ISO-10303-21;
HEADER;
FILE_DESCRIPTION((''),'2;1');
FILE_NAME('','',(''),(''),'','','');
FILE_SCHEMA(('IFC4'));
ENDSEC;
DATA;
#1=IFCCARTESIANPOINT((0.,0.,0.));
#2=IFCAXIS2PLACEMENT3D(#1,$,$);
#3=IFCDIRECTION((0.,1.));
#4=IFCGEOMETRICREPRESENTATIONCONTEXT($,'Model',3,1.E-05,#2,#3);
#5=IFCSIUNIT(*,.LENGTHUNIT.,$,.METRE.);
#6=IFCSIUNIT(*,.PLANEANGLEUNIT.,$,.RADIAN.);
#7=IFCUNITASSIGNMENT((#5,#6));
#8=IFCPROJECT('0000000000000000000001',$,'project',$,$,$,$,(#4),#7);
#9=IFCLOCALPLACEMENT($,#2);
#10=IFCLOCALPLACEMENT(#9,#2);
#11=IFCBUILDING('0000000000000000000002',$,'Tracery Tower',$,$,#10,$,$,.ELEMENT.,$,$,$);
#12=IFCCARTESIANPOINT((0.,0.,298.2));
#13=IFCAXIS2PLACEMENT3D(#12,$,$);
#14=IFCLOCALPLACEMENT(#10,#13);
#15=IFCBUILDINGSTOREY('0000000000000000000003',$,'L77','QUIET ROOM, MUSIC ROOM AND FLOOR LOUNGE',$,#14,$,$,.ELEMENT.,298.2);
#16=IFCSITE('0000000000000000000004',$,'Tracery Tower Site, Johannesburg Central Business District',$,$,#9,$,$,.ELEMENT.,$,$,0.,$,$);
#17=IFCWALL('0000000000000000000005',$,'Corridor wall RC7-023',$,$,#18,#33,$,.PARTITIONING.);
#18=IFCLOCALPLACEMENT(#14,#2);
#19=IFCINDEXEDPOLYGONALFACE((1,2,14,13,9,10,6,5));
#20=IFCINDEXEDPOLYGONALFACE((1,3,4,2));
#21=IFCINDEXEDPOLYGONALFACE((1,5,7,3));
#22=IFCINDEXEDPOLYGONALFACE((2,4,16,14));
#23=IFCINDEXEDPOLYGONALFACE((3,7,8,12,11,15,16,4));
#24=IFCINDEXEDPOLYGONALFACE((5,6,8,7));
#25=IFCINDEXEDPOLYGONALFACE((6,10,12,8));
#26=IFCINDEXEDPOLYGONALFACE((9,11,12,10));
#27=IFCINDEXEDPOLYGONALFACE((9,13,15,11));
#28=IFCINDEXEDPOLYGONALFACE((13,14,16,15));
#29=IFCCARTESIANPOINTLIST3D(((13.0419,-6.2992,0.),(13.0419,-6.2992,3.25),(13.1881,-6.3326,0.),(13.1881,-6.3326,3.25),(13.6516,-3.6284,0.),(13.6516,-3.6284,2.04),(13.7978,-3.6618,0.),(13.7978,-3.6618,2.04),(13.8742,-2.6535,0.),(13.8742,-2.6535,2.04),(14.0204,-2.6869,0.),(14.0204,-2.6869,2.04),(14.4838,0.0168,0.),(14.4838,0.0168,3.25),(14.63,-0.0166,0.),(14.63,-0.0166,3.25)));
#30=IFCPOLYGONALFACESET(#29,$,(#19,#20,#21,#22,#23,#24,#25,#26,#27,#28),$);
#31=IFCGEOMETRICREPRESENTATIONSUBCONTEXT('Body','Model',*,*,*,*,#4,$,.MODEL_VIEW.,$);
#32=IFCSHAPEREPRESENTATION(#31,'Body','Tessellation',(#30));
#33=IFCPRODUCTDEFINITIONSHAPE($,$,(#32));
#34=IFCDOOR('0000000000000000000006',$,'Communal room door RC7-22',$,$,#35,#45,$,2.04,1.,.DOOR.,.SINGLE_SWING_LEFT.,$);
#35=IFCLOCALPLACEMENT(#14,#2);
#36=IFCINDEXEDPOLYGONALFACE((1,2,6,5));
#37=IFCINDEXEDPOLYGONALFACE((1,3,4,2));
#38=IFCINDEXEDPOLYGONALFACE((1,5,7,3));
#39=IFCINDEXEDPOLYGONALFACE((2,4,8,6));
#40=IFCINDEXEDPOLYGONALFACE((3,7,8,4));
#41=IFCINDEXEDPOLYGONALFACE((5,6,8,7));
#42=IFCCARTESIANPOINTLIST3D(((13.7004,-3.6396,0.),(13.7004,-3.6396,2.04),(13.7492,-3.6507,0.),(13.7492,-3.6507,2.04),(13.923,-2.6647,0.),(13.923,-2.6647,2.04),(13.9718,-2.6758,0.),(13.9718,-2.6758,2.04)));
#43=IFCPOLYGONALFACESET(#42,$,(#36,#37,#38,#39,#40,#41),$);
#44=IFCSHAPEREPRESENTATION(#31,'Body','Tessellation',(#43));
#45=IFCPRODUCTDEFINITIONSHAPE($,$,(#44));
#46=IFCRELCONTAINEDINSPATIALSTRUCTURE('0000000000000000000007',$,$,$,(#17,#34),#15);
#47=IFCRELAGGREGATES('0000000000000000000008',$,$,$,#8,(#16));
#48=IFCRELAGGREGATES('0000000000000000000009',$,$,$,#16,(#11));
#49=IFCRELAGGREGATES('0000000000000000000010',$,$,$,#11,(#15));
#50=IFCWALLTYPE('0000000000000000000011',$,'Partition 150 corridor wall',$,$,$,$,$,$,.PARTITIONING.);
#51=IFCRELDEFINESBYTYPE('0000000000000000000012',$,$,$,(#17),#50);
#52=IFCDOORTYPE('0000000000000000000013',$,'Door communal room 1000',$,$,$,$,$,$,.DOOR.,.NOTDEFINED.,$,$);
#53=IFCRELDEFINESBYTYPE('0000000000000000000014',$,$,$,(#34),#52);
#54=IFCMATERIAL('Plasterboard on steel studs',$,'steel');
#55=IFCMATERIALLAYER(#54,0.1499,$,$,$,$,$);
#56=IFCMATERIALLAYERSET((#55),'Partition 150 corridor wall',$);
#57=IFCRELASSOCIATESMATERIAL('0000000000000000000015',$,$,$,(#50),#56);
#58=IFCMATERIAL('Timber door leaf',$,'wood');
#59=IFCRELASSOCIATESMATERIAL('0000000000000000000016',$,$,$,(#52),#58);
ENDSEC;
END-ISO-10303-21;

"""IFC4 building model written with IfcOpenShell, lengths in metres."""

from ifc_helpers import new_model, si_unit, direction, frame, frame_2d, origin, place, context, subcontext, project, spatial, rectangle, extrude, material, layer, layer_set, type_object, element, fill, save


model = new_model("IFC4")

# Units and contexts
model_context = context("Model", 3, precision=1e-05, world=origin(), true_north=direction((0.0, 1.0)))
body_context = subcontext(model_context, "Body", "Model", "MODEL_VIEW")
ifc_project = project(units=[si_unit("LENGTHUNIT", "METRE"), si_unit("PLANEANGLEUNIT", "RADIAN")], contexts=[model_context])

# Site, building, storey
site_placement = place(None, origin())
site = spatial("IfcSite", under=ifc_project, at=site_placement, Name="Tracery Tower Site, Johannesburg Central Business District", CompositionType="ELEMENT", RefElevation=0.0)
building_placement = place(site_placement, origin())
building = spatial("IfcBuilding", under=site, at=building_placement, Name="Tracery Tower", CompositionType="ELEMENT")
storey_placement = place(building_placement, frame((0.0, 0.0, 298.2)))
storey = spatial("IfcBuildingStorey", under=building, at=storey_placement, Name="L77", Description="QUIET ROOM, MUSIC ROOM AND FLOOR LOUNGE", CompositionType="ELEMENT", Elevation=298.2)

# Shared definitions
ifc_material_1 = material(Name="Plasterboard on steel studs", Category="steel")
ifc_layer_1 = layer(ifc_material_1, 0.1499)
ifc_layer_set_1 = layer_set([ifc_layer_1], Name="Partition 150 corridor wall")
wall_type_1 = type_object("IfcWallType", Name="Partition 150 corridor wall", PredefinedType="PARTITIONING", material=ifc_layer_set_1)

# Wall, opening, door
wall_1_placement = place(storey_placement, frame((13.115, -6.3159, 0.0), z_axis=(0.0, 0.0, 1.0), x_axis=(0.222569, 0.974917, 0.0)))
wall_1 = element("IfcWall", 1, at=wall_1_placement, inside=storey, type_object=wall_type_1, Name="Corridor wall RC7-023", PredefinedType="PARTITIONING", context=body_context, shape_type="SweptSolid", body=[
    extrude(rectangle(XDim=6.4785, YDim=0.1499, at=frame_2d((3.2393, 0.0))), origin(), (0.0, 0.0, 1.0), 3.25),
])
opening_1_placement = place(wall_1_placement, frame((2.7395, 0.0, 0.0)))
opening_1 = element("IfcOpeningElement", 2, at=opening_1_placement, cuts=wall_1, PredefinedType="OPENING", context=body_context, shape_type="SweptSolid", body=[
    extrude(rectangle(XDim=1.0, YDim=2.04, at=frame_2d((0.5, 1.02))), frame((0.0, 0.075, 0.0), z_axis=(0.0, -1.0, 0.0), x_axis=(1.0, 0.0, 0.0)), (0.0, 0.0, 1.0), 0.1499),
])
ifc_material_2 = material(Name="Timber door leaf", Category="wood")
door_type_1 = type_object("IfcDoorType", Name="Door communal room 1000", OperationType="NOTDEFINED", PredefinedType="DOOR", material=ifc_material_2)
door_1_placement = place(opening_1_placement, origin())
door_1 = element("IfcDoor", 3, at=door_1_placement, inside=storey, type_object=door_type_1, Name="Communal room door RC7-22", OperationType="SINGLE_SWING_LEFT", OverallHeight=2.04, OverallWidth=1.0, PredefinedType="DOOR", context=body_context, shape_type="SweptSolid", body=[
    extrude(rectangle(XDim=1.0, YDim=2.04, at=frame_2d((0.5, 1.02))), frame((0.0, 0.0249, 0.0), z_axis=(0.0, -1.0, 0.0), x_axis=(1.0, 0.0, 0.0)), (0.0, 0.0, 1.0), 0.05),
])
fill(opening_1, door_1)

save(model, "model.ifc")
